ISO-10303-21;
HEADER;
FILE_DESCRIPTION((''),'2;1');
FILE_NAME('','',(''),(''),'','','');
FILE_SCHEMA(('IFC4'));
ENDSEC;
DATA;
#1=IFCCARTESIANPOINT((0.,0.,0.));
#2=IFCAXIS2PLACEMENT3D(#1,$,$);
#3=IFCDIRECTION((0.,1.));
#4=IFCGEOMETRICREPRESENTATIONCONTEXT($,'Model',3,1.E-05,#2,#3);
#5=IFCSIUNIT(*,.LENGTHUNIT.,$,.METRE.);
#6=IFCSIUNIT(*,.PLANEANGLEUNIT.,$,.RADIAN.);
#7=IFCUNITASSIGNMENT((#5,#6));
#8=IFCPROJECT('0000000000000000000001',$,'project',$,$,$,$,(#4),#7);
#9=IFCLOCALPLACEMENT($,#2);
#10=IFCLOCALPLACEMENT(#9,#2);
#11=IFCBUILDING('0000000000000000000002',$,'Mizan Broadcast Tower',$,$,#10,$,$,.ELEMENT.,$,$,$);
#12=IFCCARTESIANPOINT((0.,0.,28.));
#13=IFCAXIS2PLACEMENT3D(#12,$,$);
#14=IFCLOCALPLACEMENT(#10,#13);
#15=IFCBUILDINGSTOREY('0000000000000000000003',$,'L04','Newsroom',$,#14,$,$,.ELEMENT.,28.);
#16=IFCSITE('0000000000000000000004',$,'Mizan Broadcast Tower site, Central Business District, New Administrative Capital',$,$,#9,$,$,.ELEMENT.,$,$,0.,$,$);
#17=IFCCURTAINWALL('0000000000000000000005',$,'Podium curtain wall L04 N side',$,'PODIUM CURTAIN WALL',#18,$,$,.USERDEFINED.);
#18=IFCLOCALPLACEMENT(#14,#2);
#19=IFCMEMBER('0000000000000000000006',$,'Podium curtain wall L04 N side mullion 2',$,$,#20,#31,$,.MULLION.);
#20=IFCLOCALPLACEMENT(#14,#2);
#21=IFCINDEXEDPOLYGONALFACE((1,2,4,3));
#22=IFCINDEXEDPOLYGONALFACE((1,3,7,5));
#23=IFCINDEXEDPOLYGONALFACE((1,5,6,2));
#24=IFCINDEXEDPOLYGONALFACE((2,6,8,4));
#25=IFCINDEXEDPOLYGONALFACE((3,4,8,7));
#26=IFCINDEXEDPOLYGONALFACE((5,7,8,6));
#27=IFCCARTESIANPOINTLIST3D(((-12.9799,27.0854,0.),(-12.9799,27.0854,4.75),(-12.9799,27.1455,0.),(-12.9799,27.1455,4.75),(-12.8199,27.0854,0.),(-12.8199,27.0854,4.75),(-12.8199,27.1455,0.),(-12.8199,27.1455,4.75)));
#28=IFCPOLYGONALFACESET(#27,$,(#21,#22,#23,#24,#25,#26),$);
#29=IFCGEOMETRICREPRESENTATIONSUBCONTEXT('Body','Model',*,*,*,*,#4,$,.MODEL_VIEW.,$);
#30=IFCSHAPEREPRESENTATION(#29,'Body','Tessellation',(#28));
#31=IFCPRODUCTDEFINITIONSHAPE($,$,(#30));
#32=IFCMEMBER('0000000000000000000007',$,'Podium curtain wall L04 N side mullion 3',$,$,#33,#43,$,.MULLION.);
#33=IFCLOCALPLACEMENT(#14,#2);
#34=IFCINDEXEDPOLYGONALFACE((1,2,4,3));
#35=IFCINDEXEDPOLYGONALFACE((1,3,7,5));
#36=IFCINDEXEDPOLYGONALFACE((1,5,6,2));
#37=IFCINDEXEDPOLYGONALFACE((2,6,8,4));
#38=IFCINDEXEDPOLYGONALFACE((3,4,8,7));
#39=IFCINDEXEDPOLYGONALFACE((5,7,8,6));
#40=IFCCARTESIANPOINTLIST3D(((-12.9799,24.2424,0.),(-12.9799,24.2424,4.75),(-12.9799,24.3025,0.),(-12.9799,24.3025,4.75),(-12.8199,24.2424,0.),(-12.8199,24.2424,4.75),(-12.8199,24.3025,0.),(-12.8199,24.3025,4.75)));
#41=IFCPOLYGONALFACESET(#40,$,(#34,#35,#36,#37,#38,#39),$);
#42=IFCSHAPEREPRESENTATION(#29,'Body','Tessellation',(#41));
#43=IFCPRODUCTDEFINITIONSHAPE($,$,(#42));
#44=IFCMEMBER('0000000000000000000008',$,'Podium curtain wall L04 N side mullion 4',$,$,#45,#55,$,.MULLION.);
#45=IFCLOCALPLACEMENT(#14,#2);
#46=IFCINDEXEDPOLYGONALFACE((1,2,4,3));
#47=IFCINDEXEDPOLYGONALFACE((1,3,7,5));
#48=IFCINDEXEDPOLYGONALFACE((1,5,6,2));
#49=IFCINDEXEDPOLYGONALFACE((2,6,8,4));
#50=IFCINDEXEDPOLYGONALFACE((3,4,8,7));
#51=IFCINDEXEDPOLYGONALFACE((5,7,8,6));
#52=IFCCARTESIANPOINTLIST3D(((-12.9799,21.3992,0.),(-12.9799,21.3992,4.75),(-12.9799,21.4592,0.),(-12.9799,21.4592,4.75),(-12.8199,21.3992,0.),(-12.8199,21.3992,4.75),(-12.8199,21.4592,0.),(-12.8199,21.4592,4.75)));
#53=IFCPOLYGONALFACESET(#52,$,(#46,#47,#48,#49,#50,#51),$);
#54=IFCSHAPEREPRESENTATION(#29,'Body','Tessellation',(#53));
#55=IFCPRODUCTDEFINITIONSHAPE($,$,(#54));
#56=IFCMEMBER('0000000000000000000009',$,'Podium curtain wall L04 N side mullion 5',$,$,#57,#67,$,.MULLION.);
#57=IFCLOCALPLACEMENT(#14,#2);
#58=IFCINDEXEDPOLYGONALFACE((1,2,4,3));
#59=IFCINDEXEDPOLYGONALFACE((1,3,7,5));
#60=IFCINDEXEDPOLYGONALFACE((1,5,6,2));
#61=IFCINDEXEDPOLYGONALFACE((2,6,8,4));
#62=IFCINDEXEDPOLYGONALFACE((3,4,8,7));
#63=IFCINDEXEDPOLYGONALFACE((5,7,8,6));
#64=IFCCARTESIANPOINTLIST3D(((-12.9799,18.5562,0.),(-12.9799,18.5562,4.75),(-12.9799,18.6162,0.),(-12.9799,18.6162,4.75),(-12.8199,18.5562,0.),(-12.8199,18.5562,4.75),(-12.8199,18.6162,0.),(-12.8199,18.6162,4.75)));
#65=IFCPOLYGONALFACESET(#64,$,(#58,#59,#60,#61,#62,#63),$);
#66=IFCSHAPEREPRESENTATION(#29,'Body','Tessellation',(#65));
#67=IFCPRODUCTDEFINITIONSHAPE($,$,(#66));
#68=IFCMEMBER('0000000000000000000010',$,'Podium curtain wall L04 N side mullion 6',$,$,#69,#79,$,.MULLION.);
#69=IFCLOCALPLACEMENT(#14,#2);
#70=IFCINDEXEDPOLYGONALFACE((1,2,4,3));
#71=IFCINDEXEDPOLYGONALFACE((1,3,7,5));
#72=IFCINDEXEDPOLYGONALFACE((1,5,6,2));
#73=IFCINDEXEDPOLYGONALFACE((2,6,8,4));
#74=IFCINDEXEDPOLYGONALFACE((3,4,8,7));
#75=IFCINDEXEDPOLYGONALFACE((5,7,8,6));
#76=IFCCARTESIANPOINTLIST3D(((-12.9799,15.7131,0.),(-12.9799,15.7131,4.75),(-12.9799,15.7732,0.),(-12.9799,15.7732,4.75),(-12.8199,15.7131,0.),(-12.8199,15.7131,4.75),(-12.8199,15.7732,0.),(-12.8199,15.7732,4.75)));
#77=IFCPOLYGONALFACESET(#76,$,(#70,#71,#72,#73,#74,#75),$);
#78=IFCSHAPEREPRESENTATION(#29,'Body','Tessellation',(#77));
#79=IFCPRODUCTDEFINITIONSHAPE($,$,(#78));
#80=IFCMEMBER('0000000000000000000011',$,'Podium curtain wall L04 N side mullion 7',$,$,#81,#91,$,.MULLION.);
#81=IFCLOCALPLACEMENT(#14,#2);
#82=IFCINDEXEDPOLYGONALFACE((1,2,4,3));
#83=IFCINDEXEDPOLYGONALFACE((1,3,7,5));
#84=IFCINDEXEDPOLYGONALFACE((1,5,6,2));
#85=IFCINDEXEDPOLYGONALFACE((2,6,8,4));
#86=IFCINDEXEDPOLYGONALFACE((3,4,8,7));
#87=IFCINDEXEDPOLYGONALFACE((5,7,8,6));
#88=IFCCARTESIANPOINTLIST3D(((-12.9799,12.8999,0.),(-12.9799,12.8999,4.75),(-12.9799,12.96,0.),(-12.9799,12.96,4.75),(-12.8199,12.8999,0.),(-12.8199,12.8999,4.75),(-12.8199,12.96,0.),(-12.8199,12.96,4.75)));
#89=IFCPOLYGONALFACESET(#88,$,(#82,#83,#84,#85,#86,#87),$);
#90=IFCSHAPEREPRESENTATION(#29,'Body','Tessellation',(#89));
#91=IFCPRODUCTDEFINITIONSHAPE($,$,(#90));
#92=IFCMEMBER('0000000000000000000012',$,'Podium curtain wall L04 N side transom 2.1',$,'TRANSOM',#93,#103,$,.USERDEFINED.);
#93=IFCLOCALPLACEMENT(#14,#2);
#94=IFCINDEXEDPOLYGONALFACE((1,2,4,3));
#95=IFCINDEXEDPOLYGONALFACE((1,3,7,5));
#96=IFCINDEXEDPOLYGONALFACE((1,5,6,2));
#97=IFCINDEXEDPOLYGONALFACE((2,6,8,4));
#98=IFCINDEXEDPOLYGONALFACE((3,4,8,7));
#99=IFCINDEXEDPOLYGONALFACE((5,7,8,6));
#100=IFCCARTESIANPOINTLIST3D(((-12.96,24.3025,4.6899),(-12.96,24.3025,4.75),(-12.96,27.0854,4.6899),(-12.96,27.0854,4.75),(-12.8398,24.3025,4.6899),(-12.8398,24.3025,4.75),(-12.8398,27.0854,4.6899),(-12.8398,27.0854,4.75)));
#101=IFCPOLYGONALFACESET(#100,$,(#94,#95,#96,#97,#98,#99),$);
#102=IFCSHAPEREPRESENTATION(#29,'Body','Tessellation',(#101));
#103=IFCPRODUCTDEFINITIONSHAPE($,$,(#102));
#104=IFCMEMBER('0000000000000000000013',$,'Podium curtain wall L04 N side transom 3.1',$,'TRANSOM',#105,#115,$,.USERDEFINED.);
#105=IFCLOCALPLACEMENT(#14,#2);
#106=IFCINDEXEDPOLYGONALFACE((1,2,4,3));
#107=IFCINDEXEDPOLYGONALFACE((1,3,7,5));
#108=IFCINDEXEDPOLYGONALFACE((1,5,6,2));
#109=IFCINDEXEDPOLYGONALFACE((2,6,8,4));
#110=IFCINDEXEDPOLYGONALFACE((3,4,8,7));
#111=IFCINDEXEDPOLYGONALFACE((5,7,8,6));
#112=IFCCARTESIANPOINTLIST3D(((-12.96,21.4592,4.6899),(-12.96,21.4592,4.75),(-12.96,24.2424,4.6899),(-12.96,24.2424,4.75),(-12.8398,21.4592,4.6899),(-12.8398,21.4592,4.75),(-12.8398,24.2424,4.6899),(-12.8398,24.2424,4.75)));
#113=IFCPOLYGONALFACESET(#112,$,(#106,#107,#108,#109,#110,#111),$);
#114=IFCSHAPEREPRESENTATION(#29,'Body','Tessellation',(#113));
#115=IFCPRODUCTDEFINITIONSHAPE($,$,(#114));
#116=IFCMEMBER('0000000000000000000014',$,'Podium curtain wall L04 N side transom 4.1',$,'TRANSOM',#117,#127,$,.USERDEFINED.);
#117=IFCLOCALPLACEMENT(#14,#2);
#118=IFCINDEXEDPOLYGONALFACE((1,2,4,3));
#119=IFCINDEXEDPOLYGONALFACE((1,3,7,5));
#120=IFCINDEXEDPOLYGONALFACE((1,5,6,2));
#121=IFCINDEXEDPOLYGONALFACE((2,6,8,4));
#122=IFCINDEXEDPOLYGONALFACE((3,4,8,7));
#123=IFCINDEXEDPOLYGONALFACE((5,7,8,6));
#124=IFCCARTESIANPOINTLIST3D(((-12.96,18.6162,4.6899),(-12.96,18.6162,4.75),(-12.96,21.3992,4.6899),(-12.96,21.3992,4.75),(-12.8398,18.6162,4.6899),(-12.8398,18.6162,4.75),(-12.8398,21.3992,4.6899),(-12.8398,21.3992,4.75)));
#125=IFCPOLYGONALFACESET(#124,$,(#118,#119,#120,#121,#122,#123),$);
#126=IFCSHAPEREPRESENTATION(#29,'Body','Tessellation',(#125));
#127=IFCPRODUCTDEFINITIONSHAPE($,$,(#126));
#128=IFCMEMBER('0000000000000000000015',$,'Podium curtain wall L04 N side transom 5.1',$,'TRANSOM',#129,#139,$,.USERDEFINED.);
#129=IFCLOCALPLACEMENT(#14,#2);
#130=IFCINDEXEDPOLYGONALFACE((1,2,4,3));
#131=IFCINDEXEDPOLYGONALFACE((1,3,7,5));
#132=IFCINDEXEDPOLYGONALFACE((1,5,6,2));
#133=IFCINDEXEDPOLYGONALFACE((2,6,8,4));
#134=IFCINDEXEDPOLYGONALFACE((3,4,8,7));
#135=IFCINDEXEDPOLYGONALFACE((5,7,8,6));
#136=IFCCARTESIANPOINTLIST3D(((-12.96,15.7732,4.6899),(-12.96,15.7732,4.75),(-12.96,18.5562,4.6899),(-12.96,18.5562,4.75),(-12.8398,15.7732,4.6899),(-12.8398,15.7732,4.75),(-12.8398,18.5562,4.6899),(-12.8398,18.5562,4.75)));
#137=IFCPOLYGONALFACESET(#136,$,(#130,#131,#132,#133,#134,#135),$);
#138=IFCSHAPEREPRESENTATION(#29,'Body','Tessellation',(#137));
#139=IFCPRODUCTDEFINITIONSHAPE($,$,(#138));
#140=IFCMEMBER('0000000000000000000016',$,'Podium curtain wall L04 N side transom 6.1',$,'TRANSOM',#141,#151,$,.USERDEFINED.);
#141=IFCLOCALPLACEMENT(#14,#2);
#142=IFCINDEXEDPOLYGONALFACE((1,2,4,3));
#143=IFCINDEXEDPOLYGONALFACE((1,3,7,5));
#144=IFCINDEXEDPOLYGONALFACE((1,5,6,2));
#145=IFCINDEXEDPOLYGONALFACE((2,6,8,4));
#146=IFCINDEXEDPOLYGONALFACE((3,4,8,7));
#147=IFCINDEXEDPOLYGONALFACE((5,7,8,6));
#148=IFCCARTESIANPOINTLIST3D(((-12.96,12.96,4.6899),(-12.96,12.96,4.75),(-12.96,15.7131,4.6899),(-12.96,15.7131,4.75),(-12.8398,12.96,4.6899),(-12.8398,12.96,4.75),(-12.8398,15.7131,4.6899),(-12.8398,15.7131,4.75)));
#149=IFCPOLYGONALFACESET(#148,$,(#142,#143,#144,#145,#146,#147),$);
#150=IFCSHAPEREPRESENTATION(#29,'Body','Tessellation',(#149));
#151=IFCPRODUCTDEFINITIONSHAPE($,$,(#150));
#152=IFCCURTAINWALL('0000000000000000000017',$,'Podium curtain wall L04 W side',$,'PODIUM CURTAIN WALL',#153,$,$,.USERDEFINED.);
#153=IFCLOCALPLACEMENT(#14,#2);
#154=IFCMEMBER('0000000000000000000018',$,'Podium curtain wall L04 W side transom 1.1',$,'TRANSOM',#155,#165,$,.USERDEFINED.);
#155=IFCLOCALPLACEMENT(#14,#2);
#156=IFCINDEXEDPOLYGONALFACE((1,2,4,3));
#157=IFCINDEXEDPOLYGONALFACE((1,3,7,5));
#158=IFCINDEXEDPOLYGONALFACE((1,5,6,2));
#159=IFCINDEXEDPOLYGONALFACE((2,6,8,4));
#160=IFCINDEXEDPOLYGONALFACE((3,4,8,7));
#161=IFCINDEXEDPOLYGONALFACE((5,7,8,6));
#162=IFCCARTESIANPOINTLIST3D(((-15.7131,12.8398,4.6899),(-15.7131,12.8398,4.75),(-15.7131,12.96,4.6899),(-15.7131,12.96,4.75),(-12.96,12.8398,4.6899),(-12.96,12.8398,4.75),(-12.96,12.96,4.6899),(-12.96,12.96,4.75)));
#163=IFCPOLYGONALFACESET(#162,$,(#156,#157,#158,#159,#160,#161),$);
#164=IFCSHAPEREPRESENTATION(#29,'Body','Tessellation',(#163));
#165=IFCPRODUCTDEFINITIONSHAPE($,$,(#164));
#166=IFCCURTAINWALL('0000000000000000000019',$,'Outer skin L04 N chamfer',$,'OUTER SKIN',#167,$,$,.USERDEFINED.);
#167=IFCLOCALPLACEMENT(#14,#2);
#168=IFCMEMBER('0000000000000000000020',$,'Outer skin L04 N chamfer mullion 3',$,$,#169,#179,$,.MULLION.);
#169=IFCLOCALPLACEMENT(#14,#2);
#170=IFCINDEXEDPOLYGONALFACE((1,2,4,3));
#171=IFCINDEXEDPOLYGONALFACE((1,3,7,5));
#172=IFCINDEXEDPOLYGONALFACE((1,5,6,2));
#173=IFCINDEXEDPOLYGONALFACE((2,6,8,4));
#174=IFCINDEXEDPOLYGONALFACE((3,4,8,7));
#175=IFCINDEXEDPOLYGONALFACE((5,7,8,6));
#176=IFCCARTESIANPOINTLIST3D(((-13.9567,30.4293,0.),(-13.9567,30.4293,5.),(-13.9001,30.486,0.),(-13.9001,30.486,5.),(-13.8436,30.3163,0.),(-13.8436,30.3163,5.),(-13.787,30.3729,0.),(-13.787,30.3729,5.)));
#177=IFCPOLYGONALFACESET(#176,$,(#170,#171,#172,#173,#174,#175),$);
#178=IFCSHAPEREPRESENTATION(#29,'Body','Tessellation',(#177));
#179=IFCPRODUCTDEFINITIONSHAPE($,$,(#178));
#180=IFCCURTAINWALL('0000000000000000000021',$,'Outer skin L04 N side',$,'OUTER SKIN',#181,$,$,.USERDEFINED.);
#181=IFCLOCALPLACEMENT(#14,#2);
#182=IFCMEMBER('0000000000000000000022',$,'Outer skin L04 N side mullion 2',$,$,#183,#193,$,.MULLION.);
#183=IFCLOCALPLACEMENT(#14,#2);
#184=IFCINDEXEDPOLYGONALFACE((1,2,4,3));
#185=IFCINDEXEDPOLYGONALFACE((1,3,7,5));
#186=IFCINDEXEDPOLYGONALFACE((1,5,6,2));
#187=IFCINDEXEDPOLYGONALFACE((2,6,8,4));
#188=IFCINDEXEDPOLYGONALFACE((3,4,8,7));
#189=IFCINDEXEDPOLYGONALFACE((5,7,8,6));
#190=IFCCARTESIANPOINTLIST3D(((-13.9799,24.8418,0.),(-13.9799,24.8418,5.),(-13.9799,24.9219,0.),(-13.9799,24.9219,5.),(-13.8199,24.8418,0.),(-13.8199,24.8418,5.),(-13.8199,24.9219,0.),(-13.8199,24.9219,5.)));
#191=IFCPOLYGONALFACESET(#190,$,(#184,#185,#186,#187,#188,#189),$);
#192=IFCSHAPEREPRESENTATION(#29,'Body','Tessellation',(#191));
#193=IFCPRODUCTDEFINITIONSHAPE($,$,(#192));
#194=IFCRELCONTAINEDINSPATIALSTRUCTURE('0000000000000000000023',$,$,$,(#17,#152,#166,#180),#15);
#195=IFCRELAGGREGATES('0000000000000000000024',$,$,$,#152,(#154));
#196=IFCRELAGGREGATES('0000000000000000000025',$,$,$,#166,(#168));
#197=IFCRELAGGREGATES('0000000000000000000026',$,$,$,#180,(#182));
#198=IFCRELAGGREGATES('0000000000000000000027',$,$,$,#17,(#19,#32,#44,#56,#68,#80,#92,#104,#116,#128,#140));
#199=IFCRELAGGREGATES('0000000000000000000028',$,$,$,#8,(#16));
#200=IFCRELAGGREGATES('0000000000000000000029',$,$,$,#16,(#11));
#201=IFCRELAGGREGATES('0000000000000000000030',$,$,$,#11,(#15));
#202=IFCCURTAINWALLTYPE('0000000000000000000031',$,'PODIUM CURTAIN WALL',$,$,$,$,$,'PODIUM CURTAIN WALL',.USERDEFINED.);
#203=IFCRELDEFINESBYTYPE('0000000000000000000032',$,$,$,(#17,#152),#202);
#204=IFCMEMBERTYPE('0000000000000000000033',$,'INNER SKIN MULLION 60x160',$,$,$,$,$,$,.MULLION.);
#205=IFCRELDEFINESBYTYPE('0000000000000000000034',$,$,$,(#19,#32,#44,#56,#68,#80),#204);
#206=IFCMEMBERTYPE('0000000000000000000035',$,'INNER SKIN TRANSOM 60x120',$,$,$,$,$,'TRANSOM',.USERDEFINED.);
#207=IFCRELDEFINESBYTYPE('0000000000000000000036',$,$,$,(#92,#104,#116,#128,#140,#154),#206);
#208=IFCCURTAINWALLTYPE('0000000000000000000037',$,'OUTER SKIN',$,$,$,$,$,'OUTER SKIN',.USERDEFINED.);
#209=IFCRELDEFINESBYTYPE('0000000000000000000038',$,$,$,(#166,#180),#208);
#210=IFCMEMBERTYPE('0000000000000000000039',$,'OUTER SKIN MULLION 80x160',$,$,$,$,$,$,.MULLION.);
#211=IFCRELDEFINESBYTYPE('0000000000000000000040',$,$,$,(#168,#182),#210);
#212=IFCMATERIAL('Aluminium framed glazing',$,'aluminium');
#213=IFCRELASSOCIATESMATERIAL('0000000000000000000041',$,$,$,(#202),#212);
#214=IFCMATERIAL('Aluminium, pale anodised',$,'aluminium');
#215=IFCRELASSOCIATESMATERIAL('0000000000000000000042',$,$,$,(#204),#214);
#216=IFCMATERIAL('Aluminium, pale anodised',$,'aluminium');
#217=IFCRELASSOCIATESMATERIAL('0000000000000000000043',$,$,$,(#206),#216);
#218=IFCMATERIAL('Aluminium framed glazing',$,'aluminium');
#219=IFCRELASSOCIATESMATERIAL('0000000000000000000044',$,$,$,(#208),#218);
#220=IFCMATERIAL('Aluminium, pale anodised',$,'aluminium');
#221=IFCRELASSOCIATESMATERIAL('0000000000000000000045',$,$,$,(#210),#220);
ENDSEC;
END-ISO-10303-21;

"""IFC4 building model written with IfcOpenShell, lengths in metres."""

from ifc_helpers import new_model, si_unit, direction, frame, origin, origin_2d, place, context, subcontext, project, spatial, rectangle, extrude, material, material_profile, profile_set, type_object, element, aggregate, save


model = new_model("IFC4")

# Units and contexts
model_context = context("Model", 3, precision=1e-05, world=origin(), true_north=direction((0.0, 1.0)))
body_context = subcontext(model_context, "Body", "Model", "MODEL_VIEW")
ifc_project = project(units=[si_unit("LENGTHUNIT", "METRE"), si_unit("PLANEANGLEUNIT", "RADIAN")], contexts=[model_context])

# Site, building, storey
site_placement = place(None, origin())
site = spatial("IfcSite", under=ifc_project, at=site_placement, Name="Mizan Broadcast Tower site, Central Business District, New Administrative Capital", CompositionType="ELEMENT", RefElevation=0.0)
building_placement = place(site_placement, origin())
building = spatial("IfcBuilding", under=site, at=building_placement, Name="Mizan Broadcast Tower", CompositionType="ELEMENT")
storey_placement = place(building_placement, frame((0.0, 0.0, 28.0)))
storey = spatial("IfcBuildingStorey", under=building, at=storey_placement, Name="L04", Description="Newsroom", CompositionType="ELEMENT", Elevation=28.0)

# Curtain wall, members
ifc_material_1 = material(Name="Aluminium framed glazing", Category="aluminium")
curtain_wall_type_1 = type_object("IfcCurtainWallType", Name="PODIUM CURTAIN WALL", ElementType="PODIUM CURTAIN WALL", PredefinedType="USERDEFINED", material=ifc_material_1)
curtain_wall_1_placement = place(storey_placement, origin())
curtain_wall_1 = element("IfcCurtainWall", 1, at=curtain_wall_1_placement, inside=storey, type_object=curtain_wall_type_1, Name="Podium curtain wall L04 N side", ObjectType="PODIUM CURTAIN WALL", PredefinedType="USERDEFINED")
ifc_material_2 = material(Name="Aluminium, pale anodised", Category="aluminium")
ifc_material_profile_1 = material_profile(ifc_material_2, rectangle(XDim=0.1599, YDim=0.0601, at=origin_2d()), Name="MULLION 160x60")
ifc_profile_set_1 = profile_set([ifc_material_profile_1], Name="Aluminium, pale anodised")
member_type_1 = type_object("IfcMemberType", Name="INNER SKIN MULLION 60x160", PredefinedType="MULLION", material=ifc_profile_set_1)
member_1_placement = place(storey_placement, frame((-12.8999, 27.1155, 0.0), z_axis=(0.0, 0.0, 1.0), x_axis=(1.0, 0.0, 0.0)))
member_1 = element("IfcMember", 2, at=member_1_placement, type_object=member_type_1, Name="Podium curtain wall L04 N side mullion 2", PredefinedType="MULLION", context=body_context, shape_type="SweptSolid", body=[
    extrude(rectangle(XDim=0.1599, YDim=0.0601, at=origin_2d()), origin(), (0.0, 0.0, 1.0), 4.75),
])
member_2_placement = place(storey_placement, frame((-12.8999, 24.2725, 0.0), z_axis=(0.0, 0.0, 1.0), x_axis=(1.0, 0.0, 0.0)))
member_2 = element("IfcMember", 3, at=member_2_placement, type_object=member_type_1, Name="Podium curtain wall L04 N side mullion 3", PredefinedType="MULLION", context=body_context, shape_type="SweptSolid", body=[
    extrude(rectangle(XDim=0.1599, YDim=0.0601, at=origin_2d()), origin(), (0.0, 0.0, 1.0), 4.75),
])
member_3_placement = place(storey_placement, frame((-12.8999, 21.4292, 0.0), z_axis=(0.0, 0.0, 1.0), x_axis=(1.0, 0.0, 0.0)))
member_3 = element("IfcMember", 4, at=member_3_placement, type_object=member_type_1, Name="Podium curtain wall L04 N side mullion 4", PredefinedType="MULLION", context=body_context, shape_type="SweptSolid", body=[
    extrude(rectangle(XDim=0.1599, YDim=0.0601, at=origin_2d()), origin(), (0.0, 0.0, 1.0), 4.75),
])
member_4_placement = place(storey_placement, frame((-12.8999, 18.5862, 0.0), z_axis=(0.0, 0.0, 1.0), x_axis=(1.0, 0.0, 0.0)))
member_4 = element("IfcMember", 5, at=member_4_placement, type_object=member_type_1, Name="Podium curtain wall L04 N side mullion 5", PredefinedType="MULLION", context=body_context, shape_type="SweptSolid", body=[
    extrude(rectangle(XDim=0.1599, YDim=0.0601, at=origin_2d()), origin(), (0.0, 0.0, 1.0), 4.75),
])
member_5_placement = place(storey_placement, frame((-12.8999, 15.7432, 0.0), z_axis=(0.0, 0.0, 1.0), x_axis=(1.0, 0.0, 0.0)))
member_5 = element("IfcMember", 6, at=member_5_placement, type_object=member_type_1, Name="Podium curtain wall L04 N side mullion 6", PredefinedType="MULLION", context=body_context, shape_type="SweptSolid", body=[
    extrude(rectangle(XDim=0.1599, YDim=0.0601, at=origin_2d()), origin(), (0.0, 0.0, 1.0), 4.75),
])
member_6_placement = place(storey_placement, frame((-12.8999, 12.9299, 0.0), z_axis=(0.0, 0.0, 1.0), x_axis=(1.0, 0.0, 0.0)))
member_6 = element("IfcMember", 7, at=member_6_placement, type_object=member_type_1, Name="Podium curtain wall L04 N side mullion 7", PredefinedType="MULLION", context=body_context, shape_type="SweptSolid", body=[
    extrude(rectangle(XDim=0.1599, YDim=0.0601, at=origin_2d()), origin(), (0.0, 0.0, 1.0), 4.75),
])
ifc_material_3 = material(Name="Aluminium, pale anodised", Category="aluminium")
ifc_material_profile_2 = material_profile(ifc_material_3, rectangle(XDim=0.1201, YDim=0.0601, at=origin_2d()), Name="TRANSOM 120x60")
ifc_profile_set_2 = profile_set([ifc_material_profile_2], Name="Aluminium, pale anodised")
member_type_2 = type_object("IfcMemberType", Name="INNER SKIN TRANSOM 60x120", ElementType="TRANSOM", PredefinedType="USERDEFINED", material=ifc_profile_set_2)
member_7_placement = place(storey_placement, frame((-12.8999, 27.0854, 4.72), z_axis=(0.0, -1.0, 0.0), x_axis=(1.0, 0.0, 0.0)))
member_7 = element("IfcMember", 8, at=member_7_placement, type_object=member_type_2, Name="Podium curtain wall L04 N side transom 2.1", ObjectType="TRANSOM", PredefinedType="USERDEFINED", context=body_context, shape_type="SweptSolid", body=[
    extrude(rectangle(XDim=0.1201, YDim=0.0601, at=origin_2d()), origin(), (0.0, 0.0, 1.0), 2.783),
])
member_8_placement = place(storey_placement, frame((-12.8999, 24.2424, 4.72), z_axis=(0.0, -1.0, 0.0), x_axis=(1.0, 0.0, 0.0)))
member_8 = element("IfcMember", 9, at=member_8_placement, type_object=member_type_2, Name="Podium curtain wall L04 N side transom 3.1", ObjectType="TRANSOM", PredefinedType="USERDEFINED", context=body_context, shape_type="SweptSolid", body=[
    extrude(rectangle(XDim=0.1201, YDim=0.0601, at=origin_2d()), origin(), (0.0, 0.0, 1.0), 2.7832),
])
member_9_placement = place(storey_placement, frame((-12.8999, 21.3992, 4.72), z_axis=(0.0, -1.0, 0.0), x_axis=(1.0, 0.0, 0.0)))
member_9 = element("IfcMember", 10, at=member_9_placement, type_object=member_type_2, Name="Podium curtain wall L04 N side transom 4.1", ObjectType="TRANSOM", PredefinedType="USERDEFINED", context=body_context, shape_type="SweptSolid", body=[
    extrude(rectangle(XDim=0.1201, YDim=0.0601, at=origin_2d()), origin(), (0.0, 0.0, 1.0), 2.783),
])
member_10_placement = place(storey_placement, frame((-12.8999, 18.5562, 4.72), z_axis=(0.0, -1.0, 0.0), x_axis=(1.0, 0.0, 0.0)))
member_10 = element("IfcMember", 11, at=member_10_placement, type_object=member_type_2, Name="Podium curtain wall L04 N side transom 5.1", ObjectType="TRANSOM", PredefinedType="USERDEFINED", context=body_context, shape_type="SweptSolid", body=[
    extrude(rectangle(XDim=0.1201, YDim=0.0601, at=origin_2d()), origin(), (0.0, 0.0, 1.0), 2.783),
])
member_11_placement = place(storey_placement, frame((-12.8999, 15.7131, 4.72), z_axis=(0.0, -1.0, 0.0), x_axis=(1.0, 0.0, 0.0)))
member_11 = element("IfcMember", 12, at=member_11_placement, type_object=member_type_2, Name="Podium curtain wall L04 N side transom 6.1", ObjectType="TRANSOM", PredefinedType="USERDEFINED", context=body_context, shape_type="SweptSolid", body=[
    extrude(rectangle(XDim=0.1201, YDim=0.0601, at=origin_2d()), origin(), (0.0, 0.0, 1.0), 2.7532),
])

# Curtain walls, members
curtain_wall_2_placement = place(storey_placement, origin())
curtain_wall_2 = element("IfcCurtainWall", 13, at=curtain_wall_2_placement, inside=storey, type_object=curtain_wall_type_1, Name="Podium curtain wall L04 W side", ObjectType="PODIUM CURTAIN WALL", PredefinedType="USERDEFINED")
member_12_placement = place(storey_placement, frame((-12.96, 12.8999, 4.72), z_axis=(-1.0, 0.0, 0.0), x_axis=(0.0, -1.0, 0.0)))
member_12 = element("IfcMember", 14, at=member_12_placement, type_object=member_type_2, Name="Podium curtain wall L04 W side transom 1.1", ObjectType="TRANSOM", PredefinedType="USERDEFINED", context=body_context, shape_type="SweptSolid", body=[
    extrude(rectangle(XDim=0.1201, YDim=0.0601, at=origin_2d()), origin(), (0.0, 0.0, 1.0), 2.7532),
])
aggregate(curtain_wall_2, [member_12])
ifc_material_4 = material(Name="Aluminium framed glazing", Category="aluminium")
curtain_wall_type_2 = type_object("IfcCurtainWallType", Name="OUTER SKIN", ElementType="OUTER SKIN", PredefinedType="USERDEFINED", material=ifc_material_4)
curtain_wall_3_placement = place(storey_placement, origin())
curtain_wall_3 = element("IfcCurtainWall", 15, at=curtain_wall_3_placement, inside=storey, type_object=curtain_wall_type_2, Name="Outer skin L04 N chamfer", ObjectType="OUTER SKIN", PredefinedType="USERDEFINED")
ifc_material_5 = material(Name="Aluminium, pale anodised", Category="aluminium")
ifc_material_profile_3 = material_profile(ifc_material_5, rectangle(XDim=0.1599, YDim=0.0801, at=origin_2d()), Name="MULLION 160x80")
ifc_profile_set_3 = profile_set([ifc_material_profile_3], Name="Aluminium, pale anodised")
member_type_3 = type_object("IfcMemberType", Name="OUTER SKIN MULLION 80x160", PredefinedType="MULLION", material=ifc_profile_set_3)
member_13_placement = place(storey_placement, frame((-13.8718, 30.4011, 0.0), z_axis=(0.0, 0.0, 1.0), x_axis=(0.707107, -0.707107, 0.0)))
member_13 = element("IfcMember", 16, at=member_13_placement, type_object=member_type_3, Name="Outer skin L04 N chamfer mullion 3", PredefinedType="MULLION", context=body_context, shape_type="SweptSolid", body=[
    extrude(rectangle(XDim=0.1599, YDim=0.0801, at=origin_2d()), origin(), (0.0, 0.0, 1.0), 5.0),
])
aggregate(curtain_wall_3, [member_13])

# Curtain wall, member
curtain_wall_4_placement = place(storey_placement, origin())
curtain_wall_4 = element("IfcCurtainWall", 17, at=curtain_wall_4_placement, inside=storey, type_object=curtain_wall_type_2, Name="Outer skin L04 N side", ObjectType="OUTER SKIN", PredefinedType="USERDEFINED")
member_14_placement = place(storey_placement, frame((-13.8999, 24.8818, 0.0), z_axis=(0.0, 0.0, 1.0), x_axis=(1.0, 0.0, 0.0)))
member_14 = element("IfcMember", 18, at=member_14_placement, type_object=member_type_3, Name="Outer skin L04 N side mullion 2", PredefinedType="MULLION", context=body_context, shape_type="SweptSolid", body=[
    extrude(rectangle(XDim=0.1599, YDim=0.0801, at=origin_2d()), origin(), (0.0, 0.0, 1.0), 5.0),
])
aggregate(curtain_wall_4, [member_14])

aggregate(curtain_wall_1, [member_1, member_2, member_3, member_4, member_5, member_6, member_7, member_8, member_9, member_10, member_11])

save(model, "model.ifc")
